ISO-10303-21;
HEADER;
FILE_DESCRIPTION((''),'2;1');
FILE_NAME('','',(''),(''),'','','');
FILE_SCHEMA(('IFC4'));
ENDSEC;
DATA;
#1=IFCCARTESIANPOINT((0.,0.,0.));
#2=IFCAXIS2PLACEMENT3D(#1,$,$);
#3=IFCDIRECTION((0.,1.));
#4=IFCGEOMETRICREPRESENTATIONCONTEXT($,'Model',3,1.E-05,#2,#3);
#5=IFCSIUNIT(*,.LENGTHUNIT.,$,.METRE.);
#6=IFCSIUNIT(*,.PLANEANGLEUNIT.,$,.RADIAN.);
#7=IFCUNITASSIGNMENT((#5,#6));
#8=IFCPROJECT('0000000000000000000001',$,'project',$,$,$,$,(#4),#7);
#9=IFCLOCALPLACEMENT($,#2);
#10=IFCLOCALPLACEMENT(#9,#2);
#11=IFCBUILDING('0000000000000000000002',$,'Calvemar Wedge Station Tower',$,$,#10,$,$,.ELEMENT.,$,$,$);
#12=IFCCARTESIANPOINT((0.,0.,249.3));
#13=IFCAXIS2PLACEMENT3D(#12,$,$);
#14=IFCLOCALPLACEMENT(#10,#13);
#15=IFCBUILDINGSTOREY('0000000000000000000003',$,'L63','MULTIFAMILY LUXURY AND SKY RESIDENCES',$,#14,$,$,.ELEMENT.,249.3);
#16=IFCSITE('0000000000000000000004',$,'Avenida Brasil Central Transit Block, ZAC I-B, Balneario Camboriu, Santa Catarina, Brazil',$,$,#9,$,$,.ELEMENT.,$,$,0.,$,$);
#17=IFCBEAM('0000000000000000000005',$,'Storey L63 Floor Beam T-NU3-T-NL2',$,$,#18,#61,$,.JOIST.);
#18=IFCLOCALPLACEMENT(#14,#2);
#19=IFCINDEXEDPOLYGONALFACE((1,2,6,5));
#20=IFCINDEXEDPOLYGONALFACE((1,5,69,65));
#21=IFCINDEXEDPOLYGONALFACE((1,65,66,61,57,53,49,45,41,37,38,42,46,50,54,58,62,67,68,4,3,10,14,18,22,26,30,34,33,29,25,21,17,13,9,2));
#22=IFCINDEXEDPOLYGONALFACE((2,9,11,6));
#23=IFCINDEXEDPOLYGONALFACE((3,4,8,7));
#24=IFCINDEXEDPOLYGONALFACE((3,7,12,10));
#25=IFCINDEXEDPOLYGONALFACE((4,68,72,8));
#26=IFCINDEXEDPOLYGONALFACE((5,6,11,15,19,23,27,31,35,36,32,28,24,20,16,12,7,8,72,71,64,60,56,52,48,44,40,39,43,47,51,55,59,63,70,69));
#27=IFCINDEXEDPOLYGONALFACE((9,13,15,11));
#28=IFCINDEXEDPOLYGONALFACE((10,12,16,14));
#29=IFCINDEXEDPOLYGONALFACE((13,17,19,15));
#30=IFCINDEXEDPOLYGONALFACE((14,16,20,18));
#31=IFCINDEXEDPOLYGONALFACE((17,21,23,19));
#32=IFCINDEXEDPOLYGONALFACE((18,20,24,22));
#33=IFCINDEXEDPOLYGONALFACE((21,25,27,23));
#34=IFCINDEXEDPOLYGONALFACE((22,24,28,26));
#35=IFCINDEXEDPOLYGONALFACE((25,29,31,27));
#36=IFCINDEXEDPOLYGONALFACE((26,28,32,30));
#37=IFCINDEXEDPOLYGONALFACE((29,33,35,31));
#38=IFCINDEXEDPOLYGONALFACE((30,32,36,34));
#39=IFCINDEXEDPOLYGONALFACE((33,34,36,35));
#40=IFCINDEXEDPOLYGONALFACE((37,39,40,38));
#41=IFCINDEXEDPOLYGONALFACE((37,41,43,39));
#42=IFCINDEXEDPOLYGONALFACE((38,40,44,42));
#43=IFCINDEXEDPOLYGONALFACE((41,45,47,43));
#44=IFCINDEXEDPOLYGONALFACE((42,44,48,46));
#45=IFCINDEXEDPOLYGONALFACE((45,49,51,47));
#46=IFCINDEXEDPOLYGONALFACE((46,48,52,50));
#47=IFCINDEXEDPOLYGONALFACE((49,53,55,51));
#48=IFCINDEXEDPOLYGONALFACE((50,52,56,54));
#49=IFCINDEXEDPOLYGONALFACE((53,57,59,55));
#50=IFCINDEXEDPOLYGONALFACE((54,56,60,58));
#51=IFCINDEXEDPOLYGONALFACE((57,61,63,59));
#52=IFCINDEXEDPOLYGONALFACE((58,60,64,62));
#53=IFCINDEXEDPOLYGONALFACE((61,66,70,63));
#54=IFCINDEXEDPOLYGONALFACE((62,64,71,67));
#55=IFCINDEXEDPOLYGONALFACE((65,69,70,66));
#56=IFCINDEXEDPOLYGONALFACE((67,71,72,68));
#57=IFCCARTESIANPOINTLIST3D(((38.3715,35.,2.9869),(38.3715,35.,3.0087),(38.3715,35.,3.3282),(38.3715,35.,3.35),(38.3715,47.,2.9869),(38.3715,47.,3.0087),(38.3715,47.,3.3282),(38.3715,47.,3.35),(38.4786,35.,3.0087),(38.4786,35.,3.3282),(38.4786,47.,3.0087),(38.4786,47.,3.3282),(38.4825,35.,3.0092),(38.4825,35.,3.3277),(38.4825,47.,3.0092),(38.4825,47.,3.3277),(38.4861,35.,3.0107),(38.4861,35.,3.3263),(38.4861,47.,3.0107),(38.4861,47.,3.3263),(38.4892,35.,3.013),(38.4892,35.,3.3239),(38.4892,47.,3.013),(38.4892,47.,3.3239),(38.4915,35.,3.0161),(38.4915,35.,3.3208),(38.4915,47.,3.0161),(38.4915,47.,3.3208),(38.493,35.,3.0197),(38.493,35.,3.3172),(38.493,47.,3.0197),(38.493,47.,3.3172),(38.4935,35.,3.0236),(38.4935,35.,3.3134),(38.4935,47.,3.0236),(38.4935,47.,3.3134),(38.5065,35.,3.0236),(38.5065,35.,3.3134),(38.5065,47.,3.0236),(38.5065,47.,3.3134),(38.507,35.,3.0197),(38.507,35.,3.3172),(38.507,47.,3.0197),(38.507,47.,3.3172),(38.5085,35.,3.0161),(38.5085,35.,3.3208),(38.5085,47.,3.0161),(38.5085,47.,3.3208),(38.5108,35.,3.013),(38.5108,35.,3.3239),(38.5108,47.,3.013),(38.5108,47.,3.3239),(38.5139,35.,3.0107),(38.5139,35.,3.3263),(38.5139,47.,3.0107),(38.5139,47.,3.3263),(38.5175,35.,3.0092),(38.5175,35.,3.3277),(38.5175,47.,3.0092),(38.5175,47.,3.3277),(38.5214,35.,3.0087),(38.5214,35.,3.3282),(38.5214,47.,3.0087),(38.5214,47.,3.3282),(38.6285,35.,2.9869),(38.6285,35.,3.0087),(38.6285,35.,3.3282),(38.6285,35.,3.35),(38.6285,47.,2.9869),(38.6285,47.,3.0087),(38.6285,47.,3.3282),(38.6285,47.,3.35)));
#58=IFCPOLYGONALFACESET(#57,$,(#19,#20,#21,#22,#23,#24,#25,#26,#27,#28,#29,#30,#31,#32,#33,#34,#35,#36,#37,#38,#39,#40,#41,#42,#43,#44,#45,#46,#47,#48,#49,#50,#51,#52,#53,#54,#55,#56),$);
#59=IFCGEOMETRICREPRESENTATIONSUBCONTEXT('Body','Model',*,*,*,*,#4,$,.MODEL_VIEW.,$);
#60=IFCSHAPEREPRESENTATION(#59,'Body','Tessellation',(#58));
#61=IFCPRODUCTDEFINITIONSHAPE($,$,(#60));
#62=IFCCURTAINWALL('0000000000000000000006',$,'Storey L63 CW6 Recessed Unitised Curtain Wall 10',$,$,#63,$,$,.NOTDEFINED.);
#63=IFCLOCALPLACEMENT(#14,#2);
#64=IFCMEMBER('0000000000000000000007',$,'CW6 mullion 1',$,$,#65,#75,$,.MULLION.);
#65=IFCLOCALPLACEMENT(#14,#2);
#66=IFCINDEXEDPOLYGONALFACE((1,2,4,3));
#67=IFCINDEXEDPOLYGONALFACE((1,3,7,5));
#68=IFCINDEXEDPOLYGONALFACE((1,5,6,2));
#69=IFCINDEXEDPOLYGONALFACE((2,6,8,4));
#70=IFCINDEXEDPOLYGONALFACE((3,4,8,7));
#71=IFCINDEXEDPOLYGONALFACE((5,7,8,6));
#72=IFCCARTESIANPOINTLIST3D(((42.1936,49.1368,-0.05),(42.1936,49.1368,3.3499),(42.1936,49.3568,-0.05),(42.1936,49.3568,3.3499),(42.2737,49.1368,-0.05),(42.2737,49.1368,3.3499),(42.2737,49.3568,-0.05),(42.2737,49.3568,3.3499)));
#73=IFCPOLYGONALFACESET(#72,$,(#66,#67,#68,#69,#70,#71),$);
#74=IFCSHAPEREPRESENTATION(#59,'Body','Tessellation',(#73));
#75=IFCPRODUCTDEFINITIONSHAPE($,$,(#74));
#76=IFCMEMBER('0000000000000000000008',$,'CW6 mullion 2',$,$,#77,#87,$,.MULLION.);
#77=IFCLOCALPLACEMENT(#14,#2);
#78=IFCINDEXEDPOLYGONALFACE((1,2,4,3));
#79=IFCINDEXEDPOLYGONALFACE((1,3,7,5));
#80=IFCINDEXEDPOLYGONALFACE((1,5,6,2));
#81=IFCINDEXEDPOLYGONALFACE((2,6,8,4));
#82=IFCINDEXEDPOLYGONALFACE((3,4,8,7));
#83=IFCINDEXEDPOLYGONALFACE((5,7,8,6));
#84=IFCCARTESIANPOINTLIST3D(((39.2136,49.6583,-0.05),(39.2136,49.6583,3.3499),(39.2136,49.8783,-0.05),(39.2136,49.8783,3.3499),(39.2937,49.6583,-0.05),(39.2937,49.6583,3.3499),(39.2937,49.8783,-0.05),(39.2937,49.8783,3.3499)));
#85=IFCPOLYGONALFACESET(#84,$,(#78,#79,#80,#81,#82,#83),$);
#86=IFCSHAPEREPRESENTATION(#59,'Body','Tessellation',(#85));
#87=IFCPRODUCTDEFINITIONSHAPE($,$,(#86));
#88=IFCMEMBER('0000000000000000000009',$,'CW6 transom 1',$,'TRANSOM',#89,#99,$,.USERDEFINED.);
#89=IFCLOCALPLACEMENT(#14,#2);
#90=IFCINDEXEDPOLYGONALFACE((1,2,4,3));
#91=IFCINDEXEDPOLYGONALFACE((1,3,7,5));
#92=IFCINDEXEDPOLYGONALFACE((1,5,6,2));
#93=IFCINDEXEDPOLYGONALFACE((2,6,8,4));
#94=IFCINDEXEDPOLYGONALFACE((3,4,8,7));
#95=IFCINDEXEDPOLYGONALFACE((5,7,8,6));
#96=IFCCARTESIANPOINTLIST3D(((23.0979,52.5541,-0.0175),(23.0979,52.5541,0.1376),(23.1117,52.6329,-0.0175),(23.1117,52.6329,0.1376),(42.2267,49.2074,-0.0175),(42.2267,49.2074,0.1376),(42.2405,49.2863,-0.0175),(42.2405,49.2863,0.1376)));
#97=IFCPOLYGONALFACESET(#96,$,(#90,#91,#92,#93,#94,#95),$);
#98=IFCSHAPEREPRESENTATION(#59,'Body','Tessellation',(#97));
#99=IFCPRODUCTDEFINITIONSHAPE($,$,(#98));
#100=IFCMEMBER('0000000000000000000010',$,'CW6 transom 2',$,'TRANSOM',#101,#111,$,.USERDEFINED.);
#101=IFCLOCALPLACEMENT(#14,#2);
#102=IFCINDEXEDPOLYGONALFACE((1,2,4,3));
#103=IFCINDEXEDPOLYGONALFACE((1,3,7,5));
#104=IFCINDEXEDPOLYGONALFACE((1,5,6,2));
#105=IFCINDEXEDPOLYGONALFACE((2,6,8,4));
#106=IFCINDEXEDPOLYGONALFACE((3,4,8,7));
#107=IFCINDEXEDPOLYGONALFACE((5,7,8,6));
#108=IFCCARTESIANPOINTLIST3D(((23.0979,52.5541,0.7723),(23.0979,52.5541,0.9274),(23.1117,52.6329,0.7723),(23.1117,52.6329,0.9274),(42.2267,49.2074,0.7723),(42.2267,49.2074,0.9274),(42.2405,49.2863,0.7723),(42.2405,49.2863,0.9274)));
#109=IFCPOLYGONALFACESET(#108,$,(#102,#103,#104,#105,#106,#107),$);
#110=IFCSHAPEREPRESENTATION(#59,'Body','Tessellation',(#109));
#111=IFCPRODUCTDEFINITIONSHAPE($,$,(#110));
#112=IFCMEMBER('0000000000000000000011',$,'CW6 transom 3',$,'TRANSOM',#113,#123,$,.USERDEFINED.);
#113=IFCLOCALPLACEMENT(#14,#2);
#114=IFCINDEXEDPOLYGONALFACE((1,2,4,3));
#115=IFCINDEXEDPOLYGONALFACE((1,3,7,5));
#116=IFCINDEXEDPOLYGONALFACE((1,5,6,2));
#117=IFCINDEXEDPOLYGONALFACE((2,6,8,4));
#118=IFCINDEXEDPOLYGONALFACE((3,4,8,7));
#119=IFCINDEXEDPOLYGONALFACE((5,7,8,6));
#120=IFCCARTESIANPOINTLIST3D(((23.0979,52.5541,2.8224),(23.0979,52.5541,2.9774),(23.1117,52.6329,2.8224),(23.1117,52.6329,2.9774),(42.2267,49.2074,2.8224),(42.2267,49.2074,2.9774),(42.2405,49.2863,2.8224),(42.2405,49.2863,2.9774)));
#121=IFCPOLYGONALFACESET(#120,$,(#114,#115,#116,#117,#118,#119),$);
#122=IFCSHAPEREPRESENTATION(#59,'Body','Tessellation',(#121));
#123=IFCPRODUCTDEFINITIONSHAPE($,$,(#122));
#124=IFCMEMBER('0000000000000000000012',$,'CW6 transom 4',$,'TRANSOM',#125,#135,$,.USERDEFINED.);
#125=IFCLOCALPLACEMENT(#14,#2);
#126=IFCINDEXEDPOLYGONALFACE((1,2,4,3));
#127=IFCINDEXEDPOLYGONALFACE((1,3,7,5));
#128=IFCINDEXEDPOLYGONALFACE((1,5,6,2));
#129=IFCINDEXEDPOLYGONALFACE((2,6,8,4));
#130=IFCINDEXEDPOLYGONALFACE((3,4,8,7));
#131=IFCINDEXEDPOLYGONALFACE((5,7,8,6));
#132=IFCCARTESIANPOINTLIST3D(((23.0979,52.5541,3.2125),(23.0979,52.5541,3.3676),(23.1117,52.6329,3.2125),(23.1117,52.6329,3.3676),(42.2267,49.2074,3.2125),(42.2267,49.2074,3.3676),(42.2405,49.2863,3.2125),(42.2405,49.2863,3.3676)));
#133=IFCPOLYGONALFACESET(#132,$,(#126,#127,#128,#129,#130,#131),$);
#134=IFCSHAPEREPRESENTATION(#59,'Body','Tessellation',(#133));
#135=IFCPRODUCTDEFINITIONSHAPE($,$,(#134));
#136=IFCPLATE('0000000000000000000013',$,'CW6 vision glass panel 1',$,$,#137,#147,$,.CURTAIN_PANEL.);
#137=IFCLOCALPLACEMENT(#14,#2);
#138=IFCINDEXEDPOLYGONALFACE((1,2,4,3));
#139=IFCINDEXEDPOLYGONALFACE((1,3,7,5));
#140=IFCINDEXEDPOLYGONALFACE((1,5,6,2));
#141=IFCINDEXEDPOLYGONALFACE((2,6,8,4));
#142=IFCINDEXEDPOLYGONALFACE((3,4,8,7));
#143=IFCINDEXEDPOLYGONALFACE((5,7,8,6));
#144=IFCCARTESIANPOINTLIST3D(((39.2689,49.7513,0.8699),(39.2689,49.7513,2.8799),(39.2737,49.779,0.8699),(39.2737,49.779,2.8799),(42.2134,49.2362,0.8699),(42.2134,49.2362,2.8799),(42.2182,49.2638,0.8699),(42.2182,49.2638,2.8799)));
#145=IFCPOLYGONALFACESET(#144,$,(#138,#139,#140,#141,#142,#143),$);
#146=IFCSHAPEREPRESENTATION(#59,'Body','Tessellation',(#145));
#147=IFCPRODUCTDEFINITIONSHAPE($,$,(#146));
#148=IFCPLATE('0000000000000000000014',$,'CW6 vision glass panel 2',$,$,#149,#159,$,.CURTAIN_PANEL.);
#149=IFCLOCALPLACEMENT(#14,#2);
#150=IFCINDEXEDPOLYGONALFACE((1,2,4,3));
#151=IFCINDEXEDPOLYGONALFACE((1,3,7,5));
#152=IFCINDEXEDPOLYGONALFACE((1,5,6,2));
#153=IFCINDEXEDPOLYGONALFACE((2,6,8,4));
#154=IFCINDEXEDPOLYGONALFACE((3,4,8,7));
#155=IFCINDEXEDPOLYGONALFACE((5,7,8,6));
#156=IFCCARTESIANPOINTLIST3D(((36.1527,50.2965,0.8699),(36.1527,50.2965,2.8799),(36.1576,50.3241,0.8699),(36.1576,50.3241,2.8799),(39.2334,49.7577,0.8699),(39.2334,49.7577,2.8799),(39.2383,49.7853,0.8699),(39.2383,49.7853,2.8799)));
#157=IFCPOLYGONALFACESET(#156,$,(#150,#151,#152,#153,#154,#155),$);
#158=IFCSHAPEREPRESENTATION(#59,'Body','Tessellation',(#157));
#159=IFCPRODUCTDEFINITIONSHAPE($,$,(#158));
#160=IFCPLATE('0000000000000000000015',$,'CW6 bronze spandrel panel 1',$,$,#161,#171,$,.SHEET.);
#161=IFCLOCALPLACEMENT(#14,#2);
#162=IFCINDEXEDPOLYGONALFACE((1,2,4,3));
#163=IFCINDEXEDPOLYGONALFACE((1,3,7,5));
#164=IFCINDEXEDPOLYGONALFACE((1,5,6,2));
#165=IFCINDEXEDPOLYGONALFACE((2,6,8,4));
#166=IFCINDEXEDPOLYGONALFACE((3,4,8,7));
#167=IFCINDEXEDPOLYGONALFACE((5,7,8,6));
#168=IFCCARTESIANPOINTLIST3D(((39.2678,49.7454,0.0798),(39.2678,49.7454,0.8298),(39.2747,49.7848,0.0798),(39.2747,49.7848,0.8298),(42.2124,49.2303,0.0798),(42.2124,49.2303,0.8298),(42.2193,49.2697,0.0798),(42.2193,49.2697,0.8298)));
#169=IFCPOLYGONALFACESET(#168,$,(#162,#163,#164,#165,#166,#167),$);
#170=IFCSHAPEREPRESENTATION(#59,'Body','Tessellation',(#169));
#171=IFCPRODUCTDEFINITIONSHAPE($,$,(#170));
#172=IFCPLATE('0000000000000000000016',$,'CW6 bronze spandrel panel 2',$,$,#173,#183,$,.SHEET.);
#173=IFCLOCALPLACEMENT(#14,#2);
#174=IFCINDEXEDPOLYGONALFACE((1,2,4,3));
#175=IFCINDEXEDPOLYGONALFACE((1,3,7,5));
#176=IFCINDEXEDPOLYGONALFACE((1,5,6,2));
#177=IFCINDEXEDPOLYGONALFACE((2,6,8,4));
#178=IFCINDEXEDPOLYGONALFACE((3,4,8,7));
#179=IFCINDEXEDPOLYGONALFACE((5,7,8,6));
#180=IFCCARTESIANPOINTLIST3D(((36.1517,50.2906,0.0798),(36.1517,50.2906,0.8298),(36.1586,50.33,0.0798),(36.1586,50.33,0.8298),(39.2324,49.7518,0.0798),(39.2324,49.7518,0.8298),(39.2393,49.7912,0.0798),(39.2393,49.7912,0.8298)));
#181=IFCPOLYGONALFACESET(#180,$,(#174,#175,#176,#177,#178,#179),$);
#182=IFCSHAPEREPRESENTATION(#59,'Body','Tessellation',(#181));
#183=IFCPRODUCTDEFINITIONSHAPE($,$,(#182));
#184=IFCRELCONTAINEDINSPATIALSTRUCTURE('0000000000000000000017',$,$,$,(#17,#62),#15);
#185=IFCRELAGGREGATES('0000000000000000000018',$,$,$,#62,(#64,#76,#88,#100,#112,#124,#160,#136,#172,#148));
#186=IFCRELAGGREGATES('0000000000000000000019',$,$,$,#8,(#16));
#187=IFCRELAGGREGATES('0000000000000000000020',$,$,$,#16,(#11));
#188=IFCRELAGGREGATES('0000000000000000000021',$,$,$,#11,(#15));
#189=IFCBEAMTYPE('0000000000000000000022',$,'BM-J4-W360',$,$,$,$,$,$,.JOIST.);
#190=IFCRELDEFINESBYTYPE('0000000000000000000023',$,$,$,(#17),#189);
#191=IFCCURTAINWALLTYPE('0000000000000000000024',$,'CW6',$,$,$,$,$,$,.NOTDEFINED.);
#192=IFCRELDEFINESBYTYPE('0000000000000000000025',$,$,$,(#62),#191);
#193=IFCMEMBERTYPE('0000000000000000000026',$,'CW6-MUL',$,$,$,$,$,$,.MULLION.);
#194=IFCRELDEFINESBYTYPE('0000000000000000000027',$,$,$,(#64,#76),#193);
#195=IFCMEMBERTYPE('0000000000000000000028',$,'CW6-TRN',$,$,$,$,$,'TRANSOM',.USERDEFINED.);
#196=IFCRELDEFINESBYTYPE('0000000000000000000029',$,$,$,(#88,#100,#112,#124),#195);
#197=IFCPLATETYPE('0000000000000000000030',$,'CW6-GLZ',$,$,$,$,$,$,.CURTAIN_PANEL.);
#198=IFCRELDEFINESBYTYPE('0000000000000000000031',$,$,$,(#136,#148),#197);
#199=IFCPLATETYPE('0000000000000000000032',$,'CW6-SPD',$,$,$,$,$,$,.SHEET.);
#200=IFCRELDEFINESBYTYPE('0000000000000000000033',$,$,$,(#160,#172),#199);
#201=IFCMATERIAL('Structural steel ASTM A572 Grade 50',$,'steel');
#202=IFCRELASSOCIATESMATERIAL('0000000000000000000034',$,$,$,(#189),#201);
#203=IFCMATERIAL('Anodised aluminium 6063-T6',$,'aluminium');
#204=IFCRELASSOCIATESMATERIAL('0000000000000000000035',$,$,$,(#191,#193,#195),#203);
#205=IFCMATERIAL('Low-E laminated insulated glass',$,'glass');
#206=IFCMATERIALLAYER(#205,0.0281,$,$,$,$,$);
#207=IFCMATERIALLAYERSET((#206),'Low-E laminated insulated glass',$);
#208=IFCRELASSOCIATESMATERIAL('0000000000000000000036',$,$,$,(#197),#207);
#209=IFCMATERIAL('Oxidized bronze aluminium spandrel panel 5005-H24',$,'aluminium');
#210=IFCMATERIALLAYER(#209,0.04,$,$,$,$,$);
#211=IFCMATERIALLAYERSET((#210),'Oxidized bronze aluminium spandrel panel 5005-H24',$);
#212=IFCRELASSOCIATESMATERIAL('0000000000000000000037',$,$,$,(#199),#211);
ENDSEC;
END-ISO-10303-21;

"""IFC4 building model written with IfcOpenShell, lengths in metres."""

from ifc_helpers import new_model, si_unit, direction, frame, frame_2d, origin, origin_2d, place, context, subcontext, project, spatial, rectangle, i_section, extrude, source, transform, mapped, material, layer, layer_set, material_profile, profile_set, type_object, element, aggregate, save


model = new_model("IFC4")

# Units and contexts
model_context = context("Model", 3, precision=1e-05, world=origin(), true_north=direction((0.0, 1.0)))
body_context = subcontext(model_context, "Body", "Model", "MODEL_VIEW")
ifc_project = project(units=[si_unit("LENGTHUNIT", "METRE"), si_unit("PLANEANGLEUNIT", "RADIAN")], contexts=[model_context])

# Site, building, storey
site_placement = place(None, origin())
site = spatial("IfcSite", under=ifc_project, at=site_placement, Name="Avenida Brasil Central Transit Block, ZAC I-B, Balneario Camboriu, Santa Catarina, Brazil", CompositionType="ELEMENT", RefElevation=0.0)
building_placement = place(site_placement, origin())
building = spatial("IfcBuilding", under=site, at=building_placement, Name="Calvemar Wedge Station Tower", CompositionType="ELEMENT")
storey_placement = place(building_placement, frame((0.0, 0.0, 249.3)))
storey = spatial("IfcBuildingStorey", under=building, at=storey_placement, Name="L63", Description="MULTIFAMILY LUXURY AND SKY RESIDENCES", CompositionType="ELEMENT", Elevation=249.3)

# Beam
ifc_material_1 = material(Name="Structural steel ASTM A572 Grade 50", Category="steel")
ifc_material_profile_1 = material_profile(ifc_material_1, i_section(OverallWidth=0.2571, OverallDepth=0.363, WebThickness=0.0129, FlangeThickness=0.0217, FilletRadius=0.0149, at=origin_2d()), Name="W360x122")
ifc_profile_set_1 = profile_set([ifc_material_profile_1], Name="Structural steel ASTM A572 Grade 50")
beam_type = type_object("IfcBeamType", Name="BM-J4-W360", PredefinedType="JOIST", material=ifc_profile_set_1)
shared_shape_1 = source(origin(), body_context, "Body", "SweptSolid", [
    extrude(i_section(OverallWidth=0.2571, OverallDepth=0.363, WebThickness=0.0129, FlangeThickness=0.0217, FilletRadius=0.0149, at=origin_2d()), origin(), (0.0, 0.0, 1.0), 12.0),
])
beam_placement = place(storey_placement, frame((38.5, 47.0, 3.1685), z_axis=(0.0, -1.0, 0.0), x_axis=(1.0, 0.0, 0.0)))
element("IfcBeam", 1, at=beam_placement, inside=storey, type_object=beam_type, Name="Storey L63 Floor Beam T-NU3-T-NL2", PredefinedType="JOIST", context=body_context, shape_type="MappedRepresentation", body=[
    mapped(shared_shape_1, transform((0.0, 0.0, 0.0), scale=1.0)),
])

# Curtain wall, members, plates
ifc_material_2 = material(Name="Anodised aluminium 6063-T6", Category="aluminium")
curtain_wall_type = type_object("IfcCurtainWallType", Name="CW6", PredefinedType="NOTDEFINED", material=ifc_material_2)
curtain_wall_placement = place(storey_placement, origin())
curtain_wall = element("IfcCurtainWall", 2, at=curtain_wall_placement, inside=storey, type_object=curtain_wall_type, Name="Storey L63 CW6 Recessed Unitised Curtain Wall 10", PredefinedType="NOTDEFINED")
ifc_material_profile_2 = material_profile(ifc_material_2, rectangle(XDim=0.0801, YDim=0.22, at=origin_2d()), Name="AL-MUL-80x220")
ifc_profile_set_2 = profile_set([ifc_material_profile_2], Name="Anodised aluminium 6063-T6")
member_type_1 = type_object("IfcMemberType", Name="CW6-MUL", PredefinedType="MULLION", material=ifc_profile_set_2)
shared_shape_2 = source(origin(), body_context, "Body", "SweptSolid", [
    extrude(rectangle(XDim=0.0801, YDim=0.22, at=origin_2d()), origin(), (0.0, 0.0, 1.0), 3.3999),
])
member_1_placement = place(storey_placement, frame((42.2336, 49.2468, -0.05), z_axis=(0.0, 0.0, 1.0), x_axis=(1.0, 0.0, 0.0)))
member_1 = element("IfcMember", 3, at=member_1_placement, type_object=member_type_1, Name="CW6 mullion 1", PredefinedType="MULLION", context=body_context, shape_type="MappedRepresentation", body=[
    mapped(shared_shape_2, transform((0.0, 0.0, 0.0), scale=1.0)),
])
member_2_placement = place(storey_placement, frame((39.2537, 49.7683, -0.05), z_axis=(0.0, 0.0, 1.0), x_axis=(1.0, 0.0, 0.0)))
member_2 = element("IfcMember", 4, at=member_2_placement, type_object=member_type_1, Name="CW6 mullion 2", PredefinedType="MULLION", context=body_context, shape_type="MappedRepresentation", body=[
    mapped(shared_shape_2, transform((0.0, 0.0, 0.0), scale=1.0)),
])
ifc_material_profile_3 = material_profile(ifc_material_2, rectangle(XDim=0.0801, YDim=0.155, at=origin_2d()), Name="AL-TRN-80x155")
ifc_profile_set_3 = profile_set([ifc_material_profile_3], Name="Anodised aluminium 6063-T6")
member_type_2 = type_object("IfcMemberType", Name="CW6-TRN", ElementType="TRANSOM", PredefinedType="USERDEFINED", material=ifc_profile_set_3)
shared_shape_3 = source(origin(), body_context, "Body", "SweptSolid", [
    extrude(rectangle(XDim=0.0801, YDim=0.155, at=origin_2d()), origin(), (0.0, 0.0, 1.0), 19.4194),
])
member_3_placement = place(storey_placement, frame((42.2336, 49.2468, 0.0601), z_axis=(-0.985038, 0.172336, 0.0), x_axis=(-0.172336, -0.985038, 0.0)))
member_3 = element("IfcMember", 5, at=member_3_placement, type_object=member_type_2, Name="CW6 transom 1", ObjectType="TRANSOM", PredefinedType="USERDEFINED", context=body_context, shape_type="MappedRepresentation", body=[
    mapped(shared_shape_3, transform((0.0, 0.0, 0.0), scale=1.0)),
])
member_4_placement = place(storey_placement, frame((42.2336, 49.2468, 0.8499), z_axis=(-0.985038, 0.172336, 0.0), x_axis=(-0.172336, -0.985038, 0.0)))
member_4 = element("IfcMember", 6, at=member_4_placement, type_object=member_type_2, Name="CW6 transom 2", ObjectType="TRANSOM", PredefinedType="USERDEFINED", context=body_context, shape_type="MappedRepresentation", body=[
    mapped(shared_shape_3, transform((0.0, 0.0, 0.0), scale=1.0)),
])
member_5_placement = place(storey_placement, frame((42.2336, 49.2468, 2.8999), z_axis=(-0.985038, 0.172336, 0.0), x_axis=(-0.172336, -0.985038, 0.0)))
member_5 = element("IfcMember", 7, at=member_5_placement, type_object=member_type_2, Name="CW6 transom 3", ObjectType="TRANSOM", PredefinedType="USERDEFINED", context=body_context, shape_type="MappedRepresentation", body=[
    mapped(shared_shape_3, transform((0.0, 0.0, 0.0), scale=1.0)),
])
member_6_placement = place(storey_placement, frame((42.2336, 49.2468, 3.29), z_axis=(-0.985038, 0.172336, 0.0), x_axis=(-0.172336, -0.985038, 0.0)))
member_6 = element("IfcMember", 8, at=member_6_placement, type_object=member_type_2, Name="CW6 transom 4", ObjectType="TRANSOM", PredefinedType="USERDEFINED", context=body_context, shape_type="MappedRepresentation", body=[
    mapped(shared_shape_3, transform((0.0, 0.0, 0.0), scale=1.0)),
])
ifc_material_3 = material(Name="Low-E laminated insulated glass", Category="glass")
ifc_layer_1 = layer(ifc_material_3, 0.0281)
ifc_layer_set_1 = layer_set([ifc_layer_1], Name="Low-E laminated insulated glass")
plate_type_1 = type_object("IfcPlateType", Name="CW6-GLZ", PredefinedType="CURTAIN_PANEL", material=ifc_layer_set_1)
plate_1_placement = place(storey_placement, frame((42.2158, 49.25, 0.8699), z_axis=(0.0, 0.0, 1.0), x_axis=(-0.98504, 0.172327, 0.0)))
plate_1 = element("IfcPlate", 9, at=plate_1_placement, type_object=plate_type_1, Name="CW6 vision glass panel 1", PredefinedType="CURTAIN_PANEL", context=body_context, shape_type="SweptSolid", body=[
    extrude(rectangle(XDim=2.9893, YDim=0.0281, at=frame_2d((1.4946, 0.0))), origin(), (0.0, 0.0, 1.0), 2.01),
])
plate_2_placement = place(storey_placement, frame((39.2358, 49.7715, 0.8699), z_axis=(0.0, 0.0, 1.0), x_axis=(-0.985046, 0.172293, 0.0)))
plate_2 = element("IfcPlate", 10, at=plate_2_placement, type_object=plate_type_1, Name="CW6 vision glass panel 2", PredefinedType="CURTAIN_PANEL", context=body_context, shape_type="SweptSolid", body=[
    extrude(rectangle(XDim=3.1274, YDim=0.0281, at=frame_2d((1.5637, 0.0))), origin(), (0.0, 0.0, 1.0), 2.01),
])
ifc_material_4 = material(Name="Oxidized bronze aluminium spandrel panel 5005-H24", Category="aluminium")
ifc_layer_2 = layer(ifc_material_4, 0.04)
ifc_layer_set_2 = layer_set([ifc_layer_2], Name="Oxidized bronze aluminium spandrel panel 5005-H24")
plate_type_2 = type_object("IfcPlateType", Name="CW6-SPD", PredefinedType="SHEET", material=ifc_layer_set_2)
plate_3_placement = place(storey_placement, frame((42.2158, 49.25, 0.0798), z_axis=(0.0, 0.0, 1.0), x_axis=(-0.98504, 0.172327, 0.0)))
plate_3 = element("IfcPlate", 11, at=plate_3_placement, type_object=plate_type_2, Name="CW6 bronze spandrel panel 1", PredefinedType="SHEET", context=body_context, shape_type="SweptSolid", body=[
    extrude(rectangle(XDim=2.9893, YDim=0.04, at=frame_2d((1.4946, 0.0))), origin(), (0.0, 0.0, 1.0), 0.75),
])
plate_4_placement = place(storey_placement, frame((39.2358, 49.7715, 0.0798), z_axis=(0.0, 0.0, 1.0), x_axis=(-0.985046, 0.172293, 0.0)))
plate_4 = element("IfcPlate", 12, at=plate_4_placement, type_object=plate_type_2, Name="CW6 bronze spandrel panel 2", PredefinedType="SHEET", context=body_context, shape_type="SweptSolid", body=[
    extrude(rectangle(XDim=3.1274, YDim=0.04, at=frame_2d((1.5637, 0.0))), origin(), (0.0, 0.0, 1.0), 0.75),
])
aggregate(curtain_wall, [member_1, member_2, member_3, member_4, member_5, member_6, plate_3, plate_1, plate_4, plate_2])

save(model, "model.ifc")
